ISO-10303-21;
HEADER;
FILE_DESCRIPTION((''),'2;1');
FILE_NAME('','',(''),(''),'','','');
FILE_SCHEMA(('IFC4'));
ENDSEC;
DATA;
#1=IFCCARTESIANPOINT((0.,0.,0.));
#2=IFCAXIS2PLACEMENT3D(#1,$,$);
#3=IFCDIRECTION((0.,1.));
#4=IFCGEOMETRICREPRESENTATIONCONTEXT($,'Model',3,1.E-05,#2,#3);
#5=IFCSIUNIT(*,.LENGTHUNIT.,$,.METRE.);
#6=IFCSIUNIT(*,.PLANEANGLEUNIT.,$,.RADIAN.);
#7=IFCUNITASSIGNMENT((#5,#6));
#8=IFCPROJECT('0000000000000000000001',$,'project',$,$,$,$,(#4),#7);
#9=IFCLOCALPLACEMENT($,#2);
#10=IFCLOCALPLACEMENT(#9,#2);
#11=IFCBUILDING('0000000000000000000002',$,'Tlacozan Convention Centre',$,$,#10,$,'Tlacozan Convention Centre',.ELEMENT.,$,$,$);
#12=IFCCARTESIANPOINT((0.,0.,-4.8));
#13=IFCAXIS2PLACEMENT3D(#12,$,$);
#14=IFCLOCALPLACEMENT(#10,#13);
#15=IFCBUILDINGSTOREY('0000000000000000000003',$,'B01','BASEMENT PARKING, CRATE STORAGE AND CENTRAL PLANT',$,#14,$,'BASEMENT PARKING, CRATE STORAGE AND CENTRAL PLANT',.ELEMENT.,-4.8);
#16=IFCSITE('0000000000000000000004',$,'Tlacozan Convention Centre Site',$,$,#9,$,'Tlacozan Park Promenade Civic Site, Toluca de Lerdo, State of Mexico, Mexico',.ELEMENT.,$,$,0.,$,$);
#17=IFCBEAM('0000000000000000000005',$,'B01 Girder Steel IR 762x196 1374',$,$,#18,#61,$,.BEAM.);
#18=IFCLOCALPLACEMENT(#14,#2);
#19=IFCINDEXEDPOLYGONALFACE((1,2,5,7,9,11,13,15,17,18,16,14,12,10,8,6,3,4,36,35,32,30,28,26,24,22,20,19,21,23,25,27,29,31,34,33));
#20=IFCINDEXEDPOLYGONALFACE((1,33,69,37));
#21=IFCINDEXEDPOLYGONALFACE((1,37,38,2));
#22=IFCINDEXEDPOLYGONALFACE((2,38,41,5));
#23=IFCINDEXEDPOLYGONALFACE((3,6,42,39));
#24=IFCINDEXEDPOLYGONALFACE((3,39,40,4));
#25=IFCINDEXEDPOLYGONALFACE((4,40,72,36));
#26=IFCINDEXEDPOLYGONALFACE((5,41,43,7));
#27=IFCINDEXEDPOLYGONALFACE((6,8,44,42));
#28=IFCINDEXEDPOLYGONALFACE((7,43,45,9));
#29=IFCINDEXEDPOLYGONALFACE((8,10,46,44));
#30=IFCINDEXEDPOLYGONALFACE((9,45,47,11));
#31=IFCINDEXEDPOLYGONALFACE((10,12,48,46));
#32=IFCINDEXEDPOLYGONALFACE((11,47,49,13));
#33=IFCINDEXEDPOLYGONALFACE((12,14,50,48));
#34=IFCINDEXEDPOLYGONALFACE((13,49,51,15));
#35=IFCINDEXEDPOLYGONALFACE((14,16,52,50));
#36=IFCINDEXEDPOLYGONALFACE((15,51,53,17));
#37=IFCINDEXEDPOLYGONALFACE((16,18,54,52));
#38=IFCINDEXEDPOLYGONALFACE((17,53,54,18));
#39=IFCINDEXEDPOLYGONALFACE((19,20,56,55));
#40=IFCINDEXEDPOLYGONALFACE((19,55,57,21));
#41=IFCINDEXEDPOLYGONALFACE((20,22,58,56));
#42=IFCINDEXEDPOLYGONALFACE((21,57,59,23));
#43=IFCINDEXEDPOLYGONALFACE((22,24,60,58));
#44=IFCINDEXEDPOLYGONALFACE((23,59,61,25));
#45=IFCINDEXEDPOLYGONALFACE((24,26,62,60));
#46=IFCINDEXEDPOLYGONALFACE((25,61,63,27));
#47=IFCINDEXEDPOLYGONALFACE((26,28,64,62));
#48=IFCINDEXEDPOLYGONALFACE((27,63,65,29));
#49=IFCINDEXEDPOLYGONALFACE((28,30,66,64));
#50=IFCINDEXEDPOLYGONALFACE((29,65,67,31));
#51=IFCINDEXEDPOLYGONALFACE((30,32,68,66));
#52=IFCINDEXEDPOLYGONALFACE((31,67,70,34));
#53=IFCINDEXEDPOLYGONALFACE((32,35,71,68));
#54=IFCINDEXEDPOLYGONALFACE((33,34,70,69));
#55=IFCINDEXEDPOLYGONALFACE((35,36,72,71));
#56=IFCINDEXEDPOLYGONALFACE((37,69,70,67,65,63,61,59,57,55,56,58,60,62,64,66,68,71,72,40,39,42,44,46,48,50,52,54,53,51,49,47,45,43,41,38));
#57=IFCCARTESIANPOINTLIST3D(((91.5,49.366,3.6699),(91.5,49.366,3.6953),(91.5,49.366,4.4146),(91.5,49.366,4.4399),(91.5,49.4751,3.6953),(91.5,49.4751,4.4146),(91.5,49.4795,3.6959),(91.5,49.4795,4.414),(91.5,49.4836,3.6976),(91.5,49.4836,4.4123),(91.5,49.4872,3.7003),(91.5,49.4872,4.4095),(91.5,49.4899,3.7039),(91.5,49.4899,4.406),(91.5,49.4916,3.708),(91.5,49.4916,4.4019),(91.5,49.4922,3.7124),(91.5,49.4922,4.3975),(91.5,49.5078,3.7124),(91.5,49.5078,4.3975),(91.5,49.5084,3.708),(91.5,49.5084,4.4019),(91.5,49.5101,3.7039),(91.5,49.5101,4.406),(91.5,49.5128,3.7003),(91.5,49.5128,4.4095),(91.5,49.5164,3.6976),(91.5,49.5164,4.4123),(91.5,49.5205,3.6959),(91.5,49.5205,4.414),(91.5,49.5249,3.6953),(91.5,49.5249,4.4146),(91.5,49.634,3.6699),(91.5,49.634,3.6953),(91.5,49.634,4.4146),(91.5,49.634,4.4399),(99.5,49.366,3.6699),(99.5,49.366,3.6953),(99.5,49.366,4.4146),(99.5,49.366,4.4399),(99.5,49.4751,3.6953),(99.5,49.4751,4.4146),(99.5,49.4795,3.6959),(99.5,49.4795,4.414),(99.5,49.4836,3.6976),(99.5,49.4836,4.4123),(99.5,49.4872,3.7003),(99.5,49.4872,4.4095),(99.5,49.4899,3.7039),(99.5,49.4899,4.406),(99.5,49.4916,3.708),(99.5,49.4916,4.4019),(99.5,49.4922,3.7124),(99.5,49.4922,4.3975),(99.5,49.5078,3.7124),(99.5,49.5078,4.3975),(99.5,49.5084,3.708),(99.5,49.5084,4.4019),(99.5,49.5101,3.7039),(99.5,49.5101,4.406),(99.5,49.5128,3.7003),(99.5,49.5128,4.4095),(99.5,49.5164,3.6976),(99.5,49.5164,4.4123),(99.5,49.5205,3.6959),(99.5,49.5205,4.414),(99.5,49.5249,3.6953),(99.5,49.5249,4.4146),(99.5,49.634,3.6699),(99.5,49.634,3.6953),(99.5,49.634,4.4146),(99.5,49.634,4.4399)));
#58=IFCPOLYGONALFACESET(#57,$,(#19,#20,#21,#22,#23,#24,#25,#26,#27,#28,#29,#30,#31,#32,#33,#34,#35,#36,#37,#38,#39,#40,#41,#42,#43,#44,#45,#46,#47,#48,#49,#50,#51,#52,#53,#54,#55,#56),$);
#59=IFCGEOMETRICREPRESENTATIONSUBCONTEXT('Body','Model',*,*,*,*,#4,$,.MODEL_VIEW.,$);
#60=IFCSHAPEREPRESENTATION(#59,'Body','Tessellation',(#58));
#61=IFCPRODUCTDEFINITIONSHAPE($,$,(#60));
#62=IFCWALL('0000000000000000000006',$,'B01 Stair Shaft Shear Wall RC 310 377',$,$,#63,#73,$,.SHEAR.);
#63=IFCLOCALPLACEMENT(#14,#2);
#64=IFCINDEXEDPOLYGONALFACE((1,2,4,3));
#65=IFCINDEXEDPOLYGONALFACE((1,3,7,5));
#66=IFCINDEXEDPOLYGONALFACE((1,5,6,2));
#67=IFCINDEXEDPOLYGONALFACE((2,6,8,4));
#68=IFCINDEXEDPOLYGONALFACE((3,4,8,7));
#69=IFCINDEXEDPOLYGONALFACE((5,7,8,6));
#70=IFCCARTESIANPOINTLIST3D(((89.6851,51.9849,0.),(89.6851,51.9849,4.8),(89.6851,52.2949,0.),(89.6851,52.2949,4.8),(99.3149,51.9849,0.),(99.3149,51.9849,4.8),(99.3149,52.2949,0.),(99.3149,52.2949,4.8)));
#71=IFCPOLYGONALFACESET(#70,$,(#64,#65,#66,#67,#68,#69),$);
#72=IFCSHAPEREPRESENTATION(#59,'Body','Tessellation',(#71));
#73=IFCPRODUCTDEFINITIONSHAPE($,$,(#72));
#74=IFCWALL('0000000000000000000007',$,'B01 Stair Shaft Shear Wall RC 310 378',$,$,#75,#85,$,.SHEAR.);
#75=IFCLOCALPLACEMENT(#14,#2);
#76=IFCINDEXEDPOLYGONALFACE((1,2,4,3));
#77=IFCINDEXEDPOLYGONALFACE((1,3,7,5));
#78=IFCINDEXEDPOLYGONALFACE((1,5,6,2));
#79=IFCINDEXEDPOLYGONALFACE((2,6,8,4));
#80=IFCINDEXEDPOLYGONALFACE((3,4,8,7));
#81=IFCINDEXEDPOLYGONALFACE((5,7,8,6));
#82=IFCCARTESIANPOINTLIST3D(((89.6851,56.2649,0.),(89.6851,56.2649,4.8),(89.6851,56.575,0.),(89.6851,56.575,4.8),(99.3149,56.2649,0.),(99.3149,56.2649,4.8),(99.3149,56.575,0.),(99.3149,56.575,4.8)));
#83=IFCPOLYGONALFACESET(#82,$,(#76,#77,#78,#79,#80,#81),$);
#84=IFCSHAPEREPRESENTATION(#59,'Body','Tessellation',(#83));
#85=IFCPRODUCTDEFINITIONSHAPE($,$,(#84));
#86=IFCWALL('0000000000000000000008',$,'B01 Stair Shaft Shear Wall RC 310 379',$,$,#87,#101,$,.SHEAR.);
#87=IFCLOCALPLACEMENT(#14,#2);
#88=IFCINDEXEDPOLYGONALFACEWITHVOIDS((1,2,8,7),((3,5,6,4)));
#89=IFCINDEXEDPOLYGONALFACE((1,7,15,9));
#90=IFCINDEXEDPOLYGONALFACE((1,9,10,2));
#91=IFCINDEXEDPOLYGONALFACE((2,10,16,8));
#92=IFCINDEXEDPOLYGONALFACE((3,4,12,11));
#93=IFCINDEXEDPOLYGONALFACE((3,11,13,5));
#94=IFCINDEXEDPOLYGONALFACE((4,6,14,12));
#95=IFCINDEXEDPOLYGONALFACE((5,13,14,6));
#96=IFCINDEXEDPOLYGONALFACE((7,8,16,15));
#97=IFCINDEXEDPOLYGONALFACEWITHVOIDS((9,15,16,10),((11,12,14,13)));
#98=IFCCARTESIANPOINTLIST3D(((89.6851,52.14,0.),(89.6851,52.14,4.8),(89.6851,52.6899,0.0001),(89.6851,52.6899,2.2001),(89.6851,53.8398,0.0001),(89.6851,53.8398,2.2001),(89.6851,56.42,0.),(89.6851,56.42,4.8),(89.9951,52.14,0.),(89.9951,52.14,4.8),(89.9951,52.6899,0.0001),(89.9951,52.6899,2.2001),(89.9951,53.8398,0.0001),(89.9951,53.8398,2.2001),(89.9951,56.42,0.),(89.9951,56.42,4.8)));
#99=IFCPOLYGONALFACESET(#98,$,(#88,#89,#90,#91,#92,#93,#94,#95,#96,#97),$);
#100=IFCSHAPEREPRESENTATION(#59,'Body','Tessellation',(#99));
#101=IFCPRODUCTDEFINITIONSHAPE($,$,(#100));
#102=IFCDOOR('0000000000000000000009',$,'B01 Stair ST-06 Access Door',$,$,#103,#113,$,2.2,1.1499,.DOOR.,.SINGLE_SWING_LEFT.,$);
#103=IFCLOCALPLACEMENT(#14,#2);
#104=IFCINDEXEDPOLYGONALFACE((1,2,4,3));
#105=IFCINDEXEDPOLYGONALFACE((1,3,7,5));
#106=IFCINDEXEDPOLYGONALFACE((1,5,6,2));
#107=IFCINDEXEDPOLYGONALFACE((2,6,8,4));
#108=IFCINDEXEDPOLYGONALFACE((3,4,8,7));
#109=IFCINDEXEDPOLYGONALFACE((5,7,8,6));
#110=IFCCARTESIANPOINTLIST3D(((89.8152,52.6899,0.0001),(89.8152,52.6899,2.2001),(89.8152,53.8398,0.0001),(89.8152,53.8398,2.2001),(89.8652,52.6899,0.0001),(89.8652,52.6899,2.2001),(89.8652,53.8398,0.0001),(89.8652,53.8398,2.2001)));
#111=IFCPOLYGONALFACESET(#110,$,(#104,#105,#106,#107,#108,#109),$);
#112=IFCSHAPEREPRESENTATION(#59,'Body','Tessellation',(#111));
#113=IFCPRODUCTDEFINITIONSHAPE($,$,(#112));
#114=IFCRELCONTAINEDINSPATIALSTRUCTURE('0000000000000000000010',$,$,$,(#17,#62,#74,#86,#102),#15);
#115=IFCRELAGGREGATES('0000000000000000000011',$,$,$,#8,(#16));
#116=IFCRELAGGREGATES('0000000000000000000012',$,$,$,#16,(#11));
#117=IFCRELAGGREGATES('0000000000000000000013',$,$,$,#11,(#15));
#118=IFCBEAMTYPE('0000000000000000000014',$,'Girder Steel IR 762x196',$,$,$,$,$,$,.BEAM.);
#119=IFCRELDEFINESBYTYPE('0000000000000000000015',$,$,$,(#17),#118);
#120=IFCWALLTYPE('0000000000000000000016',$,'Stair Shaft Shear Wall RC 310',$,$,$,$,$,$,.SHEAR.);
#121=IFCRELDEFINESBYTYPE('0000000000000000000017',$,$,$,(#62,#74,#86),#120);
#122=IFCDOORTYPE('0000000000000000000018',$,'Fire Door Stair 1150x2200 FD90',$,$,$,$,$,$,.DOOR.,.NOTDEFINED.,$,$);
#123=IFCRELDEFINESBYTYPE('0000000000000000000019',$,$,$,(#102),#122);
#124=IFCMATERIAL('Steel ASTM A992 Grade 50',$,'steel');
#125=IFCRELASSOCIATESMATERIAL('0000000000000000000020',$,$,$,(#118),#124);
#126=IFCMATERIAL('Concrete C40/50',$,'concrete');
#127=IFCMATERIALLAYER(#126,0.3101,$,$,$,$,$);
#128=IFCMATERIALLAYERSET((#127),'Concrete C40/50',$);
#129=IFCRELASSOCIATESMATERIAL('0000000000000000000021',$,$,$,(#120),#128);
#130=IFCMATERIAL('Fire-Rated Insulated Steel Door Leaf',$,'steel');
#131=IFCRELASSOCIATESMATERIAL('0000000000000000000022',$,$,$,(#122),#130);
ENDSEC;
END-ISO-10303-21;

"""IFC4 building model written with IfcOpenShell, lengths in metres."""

from ifc_helpers import new_model, si_unit, direction, frame, frame_2d, origin, origin_2d, place, context, subcontext, project, spatial, rectangle, i_section, extrude, material, layer, layer_set, material_profile, profile_set, type_object, element, fill, save


model = new_model("IFC4")

# Units and contexts
model_context = context("Model", 3, precision=1e-05, world=origin(), true_north=direction((0.0, 1.0)))
body_context = subcontext(model_context, "Body", "Model", "MODEL_VIEW")
ifc_project = project(units=[si_unit("LENGTHUNIT", "METRE"), si_unit("PLANEANGLEUNIT", "RADIAN")], contexts=[model_context])

# Site, building, storey
site_placement = place(None, origin())
site = spatial("IfcSite", under=ifc_project, at=site_placement, Name="Tlacozan Convention Centre Site", LongName="Tlacozan Park Promenade Civic Site, Toluca de Lerdo, State of Mexico, Mexico", CompositionType="ELEMENT", RefElevation=0.0)
building_placement = place(site_placement, origin())
building = spatial("IfcBuilding", under=site, at=building_placement, Name="Tlacozan Convention Centre", LongName="Tlacozan Convention Centre", CompositionType="ELEMENT")
storey_placement = place(building_placement, frame((0.0, 0.0, -4.8)))
storey = spatial("IfcBuildingStorey", under=building, at=storey_placement, Name="B01", Description="BASEMENT PARKING, CRATE STORAGE AND CENTRAL PLANT", LongName="BASEMENT PARKING, CRATE STORAGE AND CENTRAL PLANT", CompositionType="ELEMENT", Elevation=-4.8)

# Shared definitions
ifc_material_1 = material(Name="Concrete C40/50", Category="concrete")

# Beam
ifc_material_2 = material(Name="Steel ASTM A992 Grade 50", Category="steel")
ifc_material_profile_1 = material_profile(ifc_material_2, i_section(OverallWidth=0.2681, OverallDepth=0.77, WebThickness=0.0156, FlangeThickness=0.0254, FilletRadius=0.0171, at=origin_2d()), Name="IR 762x196.0")
ifc_profile_set_1 = profile_set([ifc_material_profile_1], Name="Steel ASTM A992 Grade 50")
beam_type_1 = type_object("IfcBeamType", Name="Girder Steel IR 762x196", PredefinedType="BEAM", material=ifc_profile_set_1)
for number, where, z_axis, x_axis, name in (
    (1, (91.5, 49.5, 4.0549), (1.0, 0.0, 0.0), (0.0, 1.0, 0.0), "B01 Girder Steel IR 762x196 1374"),
):
    element("IfcBeam", number, at=place(storey_placement, frame(where, z_axis=z_axis, x_axis=x_axis)), inside=storey, type_object=beam_type_1, Name=name, PredefinedType="BEAM", context=body_context, shape_type="SweptSolid", body=[
        extrude(i_section(OverallWidth=0.2681, OverallDepth=0.77, WebThickness=0.0156, FlangeThickness=0.0254, FilletRadius=0.0171, at=origin_2d()), origin(), (0.0, 0.0, 1.0), 8.0),
    ])

# Walls
ifc_layer_1 = layer(ifc_material_1, 0.3101)
ifc_layer_set_1 = layer_set([ifc_layer_1], Name="Concrete C40/50")
wall_type = type_object("IfcWallType", Name="Stair Shaft Shear Wall RC 310", PredefinedType="SHEAR", material=ifc_layer_set_1)
for number, where, z_axis, x_axis, name in (
    (2, (89.6851, 52.1399, 0.0), (0.0, 0.0, 1.0), (1.0, 0.0, 0.0), "B01 Stair Shaft Shear Wall RC 310 377"),
    (3, (89.6851, 56.4199, 0.0), (0.0, 0.0, 1.0), (1.0, 0.0, 0.0), "B01 Stair Shaft Shear Wall RC 310 378"),
):
    element("IfcWall", number, at=place(storey_placement, frame(where, z_axis=z_axis, x_axis=x_axis)), inside=storey, type_object=wall_type, Name=name, PredefinedType="SHEAR", context=body_context, shape_type="SweptSolid", body=[
        extrude(rectangle(XDim=9.6299, YDim=0.3101, at=frame_2d((4.8149, 0.0))), origin(), (0.0, 0.0, 1.0), 4.8),
    ])

# Wall, opening, door
wall_placement = place(storey_placement, frame((89.8401, 52.1399, 0.0), z_axis=(0.0, 0.0, 1.0), x_axis=(0.0, 1.0, 0.0)))
wall = element("IfcWall", 4, at=wall_placement, inside=storey, type_object=wall_type, Name="B01 Stair Shaft Shear Wall RC 310 379", PredefinedType="SHEAR", context=body_context, shape_type="SweptSolid", body=[
    extrude(rectangle(XDim=4.28, YDim=0.3101, at=frame_2d((2.1401, 0.0))), origin(), (0.0, 0.0, 1.0), 4.8),
])
opening_placement = place(wall_placement, frame((0.55, 0.0, 0.0)))
opening = element("IfcOpeningElement", 5, at=opening_placement, cuts=wall, PredefinedType="OPENING", context=body_context, shape_type="SweptSolid", body=[
    extrude(rectangle(XDim=1.1499, YDim=2.2, at=frame_2d((0.575, 1.1001))), frame((0.0, 0.165, 0.0), z_axis=(0.0, -1.0, 0.0), x_axis=(1.0, 0.0, 0.0)), (0.0, 0.0, 1.0), 0.3301),
])
ifc_material_3 = material(Name="Fire-Rated Insulated Steel Door Leaf", Category="steel")
door_type = type_object("IfcDoorType", Name="Fire Door Stair 1150x2200 FD90", OperationType="NOTDEFINED", PredefinedType="DOOR", material=ifc_material_3)
door_placement = place(opening_placement, origin())
door = element("IfcDoor", 6, at=door_placement, inside=storey, type_object=door_type, Name="B01 Stair ST-06 Access Door", OperationType="SINGLE_SWING_LEFT", OverallHeight=2.2, OverallWidth=1.1499, PredefinedType="DOOR", context=body_context, shape_type="SweptSolid", body=[
    extrude(rectangle(XDim=1.1499, YDim=2.2, at=frame_2d((0.575, 1.1001))), frame((0.0, 0.0249, 0.0), z_axis=(0.0, -1.0, 0.0), x_axis=(1.0, 0.0, 0.0)), (0.0, 0.0, 1.0), 0.05),
])
fill(opening, door)

save(model, "model.ifc")
